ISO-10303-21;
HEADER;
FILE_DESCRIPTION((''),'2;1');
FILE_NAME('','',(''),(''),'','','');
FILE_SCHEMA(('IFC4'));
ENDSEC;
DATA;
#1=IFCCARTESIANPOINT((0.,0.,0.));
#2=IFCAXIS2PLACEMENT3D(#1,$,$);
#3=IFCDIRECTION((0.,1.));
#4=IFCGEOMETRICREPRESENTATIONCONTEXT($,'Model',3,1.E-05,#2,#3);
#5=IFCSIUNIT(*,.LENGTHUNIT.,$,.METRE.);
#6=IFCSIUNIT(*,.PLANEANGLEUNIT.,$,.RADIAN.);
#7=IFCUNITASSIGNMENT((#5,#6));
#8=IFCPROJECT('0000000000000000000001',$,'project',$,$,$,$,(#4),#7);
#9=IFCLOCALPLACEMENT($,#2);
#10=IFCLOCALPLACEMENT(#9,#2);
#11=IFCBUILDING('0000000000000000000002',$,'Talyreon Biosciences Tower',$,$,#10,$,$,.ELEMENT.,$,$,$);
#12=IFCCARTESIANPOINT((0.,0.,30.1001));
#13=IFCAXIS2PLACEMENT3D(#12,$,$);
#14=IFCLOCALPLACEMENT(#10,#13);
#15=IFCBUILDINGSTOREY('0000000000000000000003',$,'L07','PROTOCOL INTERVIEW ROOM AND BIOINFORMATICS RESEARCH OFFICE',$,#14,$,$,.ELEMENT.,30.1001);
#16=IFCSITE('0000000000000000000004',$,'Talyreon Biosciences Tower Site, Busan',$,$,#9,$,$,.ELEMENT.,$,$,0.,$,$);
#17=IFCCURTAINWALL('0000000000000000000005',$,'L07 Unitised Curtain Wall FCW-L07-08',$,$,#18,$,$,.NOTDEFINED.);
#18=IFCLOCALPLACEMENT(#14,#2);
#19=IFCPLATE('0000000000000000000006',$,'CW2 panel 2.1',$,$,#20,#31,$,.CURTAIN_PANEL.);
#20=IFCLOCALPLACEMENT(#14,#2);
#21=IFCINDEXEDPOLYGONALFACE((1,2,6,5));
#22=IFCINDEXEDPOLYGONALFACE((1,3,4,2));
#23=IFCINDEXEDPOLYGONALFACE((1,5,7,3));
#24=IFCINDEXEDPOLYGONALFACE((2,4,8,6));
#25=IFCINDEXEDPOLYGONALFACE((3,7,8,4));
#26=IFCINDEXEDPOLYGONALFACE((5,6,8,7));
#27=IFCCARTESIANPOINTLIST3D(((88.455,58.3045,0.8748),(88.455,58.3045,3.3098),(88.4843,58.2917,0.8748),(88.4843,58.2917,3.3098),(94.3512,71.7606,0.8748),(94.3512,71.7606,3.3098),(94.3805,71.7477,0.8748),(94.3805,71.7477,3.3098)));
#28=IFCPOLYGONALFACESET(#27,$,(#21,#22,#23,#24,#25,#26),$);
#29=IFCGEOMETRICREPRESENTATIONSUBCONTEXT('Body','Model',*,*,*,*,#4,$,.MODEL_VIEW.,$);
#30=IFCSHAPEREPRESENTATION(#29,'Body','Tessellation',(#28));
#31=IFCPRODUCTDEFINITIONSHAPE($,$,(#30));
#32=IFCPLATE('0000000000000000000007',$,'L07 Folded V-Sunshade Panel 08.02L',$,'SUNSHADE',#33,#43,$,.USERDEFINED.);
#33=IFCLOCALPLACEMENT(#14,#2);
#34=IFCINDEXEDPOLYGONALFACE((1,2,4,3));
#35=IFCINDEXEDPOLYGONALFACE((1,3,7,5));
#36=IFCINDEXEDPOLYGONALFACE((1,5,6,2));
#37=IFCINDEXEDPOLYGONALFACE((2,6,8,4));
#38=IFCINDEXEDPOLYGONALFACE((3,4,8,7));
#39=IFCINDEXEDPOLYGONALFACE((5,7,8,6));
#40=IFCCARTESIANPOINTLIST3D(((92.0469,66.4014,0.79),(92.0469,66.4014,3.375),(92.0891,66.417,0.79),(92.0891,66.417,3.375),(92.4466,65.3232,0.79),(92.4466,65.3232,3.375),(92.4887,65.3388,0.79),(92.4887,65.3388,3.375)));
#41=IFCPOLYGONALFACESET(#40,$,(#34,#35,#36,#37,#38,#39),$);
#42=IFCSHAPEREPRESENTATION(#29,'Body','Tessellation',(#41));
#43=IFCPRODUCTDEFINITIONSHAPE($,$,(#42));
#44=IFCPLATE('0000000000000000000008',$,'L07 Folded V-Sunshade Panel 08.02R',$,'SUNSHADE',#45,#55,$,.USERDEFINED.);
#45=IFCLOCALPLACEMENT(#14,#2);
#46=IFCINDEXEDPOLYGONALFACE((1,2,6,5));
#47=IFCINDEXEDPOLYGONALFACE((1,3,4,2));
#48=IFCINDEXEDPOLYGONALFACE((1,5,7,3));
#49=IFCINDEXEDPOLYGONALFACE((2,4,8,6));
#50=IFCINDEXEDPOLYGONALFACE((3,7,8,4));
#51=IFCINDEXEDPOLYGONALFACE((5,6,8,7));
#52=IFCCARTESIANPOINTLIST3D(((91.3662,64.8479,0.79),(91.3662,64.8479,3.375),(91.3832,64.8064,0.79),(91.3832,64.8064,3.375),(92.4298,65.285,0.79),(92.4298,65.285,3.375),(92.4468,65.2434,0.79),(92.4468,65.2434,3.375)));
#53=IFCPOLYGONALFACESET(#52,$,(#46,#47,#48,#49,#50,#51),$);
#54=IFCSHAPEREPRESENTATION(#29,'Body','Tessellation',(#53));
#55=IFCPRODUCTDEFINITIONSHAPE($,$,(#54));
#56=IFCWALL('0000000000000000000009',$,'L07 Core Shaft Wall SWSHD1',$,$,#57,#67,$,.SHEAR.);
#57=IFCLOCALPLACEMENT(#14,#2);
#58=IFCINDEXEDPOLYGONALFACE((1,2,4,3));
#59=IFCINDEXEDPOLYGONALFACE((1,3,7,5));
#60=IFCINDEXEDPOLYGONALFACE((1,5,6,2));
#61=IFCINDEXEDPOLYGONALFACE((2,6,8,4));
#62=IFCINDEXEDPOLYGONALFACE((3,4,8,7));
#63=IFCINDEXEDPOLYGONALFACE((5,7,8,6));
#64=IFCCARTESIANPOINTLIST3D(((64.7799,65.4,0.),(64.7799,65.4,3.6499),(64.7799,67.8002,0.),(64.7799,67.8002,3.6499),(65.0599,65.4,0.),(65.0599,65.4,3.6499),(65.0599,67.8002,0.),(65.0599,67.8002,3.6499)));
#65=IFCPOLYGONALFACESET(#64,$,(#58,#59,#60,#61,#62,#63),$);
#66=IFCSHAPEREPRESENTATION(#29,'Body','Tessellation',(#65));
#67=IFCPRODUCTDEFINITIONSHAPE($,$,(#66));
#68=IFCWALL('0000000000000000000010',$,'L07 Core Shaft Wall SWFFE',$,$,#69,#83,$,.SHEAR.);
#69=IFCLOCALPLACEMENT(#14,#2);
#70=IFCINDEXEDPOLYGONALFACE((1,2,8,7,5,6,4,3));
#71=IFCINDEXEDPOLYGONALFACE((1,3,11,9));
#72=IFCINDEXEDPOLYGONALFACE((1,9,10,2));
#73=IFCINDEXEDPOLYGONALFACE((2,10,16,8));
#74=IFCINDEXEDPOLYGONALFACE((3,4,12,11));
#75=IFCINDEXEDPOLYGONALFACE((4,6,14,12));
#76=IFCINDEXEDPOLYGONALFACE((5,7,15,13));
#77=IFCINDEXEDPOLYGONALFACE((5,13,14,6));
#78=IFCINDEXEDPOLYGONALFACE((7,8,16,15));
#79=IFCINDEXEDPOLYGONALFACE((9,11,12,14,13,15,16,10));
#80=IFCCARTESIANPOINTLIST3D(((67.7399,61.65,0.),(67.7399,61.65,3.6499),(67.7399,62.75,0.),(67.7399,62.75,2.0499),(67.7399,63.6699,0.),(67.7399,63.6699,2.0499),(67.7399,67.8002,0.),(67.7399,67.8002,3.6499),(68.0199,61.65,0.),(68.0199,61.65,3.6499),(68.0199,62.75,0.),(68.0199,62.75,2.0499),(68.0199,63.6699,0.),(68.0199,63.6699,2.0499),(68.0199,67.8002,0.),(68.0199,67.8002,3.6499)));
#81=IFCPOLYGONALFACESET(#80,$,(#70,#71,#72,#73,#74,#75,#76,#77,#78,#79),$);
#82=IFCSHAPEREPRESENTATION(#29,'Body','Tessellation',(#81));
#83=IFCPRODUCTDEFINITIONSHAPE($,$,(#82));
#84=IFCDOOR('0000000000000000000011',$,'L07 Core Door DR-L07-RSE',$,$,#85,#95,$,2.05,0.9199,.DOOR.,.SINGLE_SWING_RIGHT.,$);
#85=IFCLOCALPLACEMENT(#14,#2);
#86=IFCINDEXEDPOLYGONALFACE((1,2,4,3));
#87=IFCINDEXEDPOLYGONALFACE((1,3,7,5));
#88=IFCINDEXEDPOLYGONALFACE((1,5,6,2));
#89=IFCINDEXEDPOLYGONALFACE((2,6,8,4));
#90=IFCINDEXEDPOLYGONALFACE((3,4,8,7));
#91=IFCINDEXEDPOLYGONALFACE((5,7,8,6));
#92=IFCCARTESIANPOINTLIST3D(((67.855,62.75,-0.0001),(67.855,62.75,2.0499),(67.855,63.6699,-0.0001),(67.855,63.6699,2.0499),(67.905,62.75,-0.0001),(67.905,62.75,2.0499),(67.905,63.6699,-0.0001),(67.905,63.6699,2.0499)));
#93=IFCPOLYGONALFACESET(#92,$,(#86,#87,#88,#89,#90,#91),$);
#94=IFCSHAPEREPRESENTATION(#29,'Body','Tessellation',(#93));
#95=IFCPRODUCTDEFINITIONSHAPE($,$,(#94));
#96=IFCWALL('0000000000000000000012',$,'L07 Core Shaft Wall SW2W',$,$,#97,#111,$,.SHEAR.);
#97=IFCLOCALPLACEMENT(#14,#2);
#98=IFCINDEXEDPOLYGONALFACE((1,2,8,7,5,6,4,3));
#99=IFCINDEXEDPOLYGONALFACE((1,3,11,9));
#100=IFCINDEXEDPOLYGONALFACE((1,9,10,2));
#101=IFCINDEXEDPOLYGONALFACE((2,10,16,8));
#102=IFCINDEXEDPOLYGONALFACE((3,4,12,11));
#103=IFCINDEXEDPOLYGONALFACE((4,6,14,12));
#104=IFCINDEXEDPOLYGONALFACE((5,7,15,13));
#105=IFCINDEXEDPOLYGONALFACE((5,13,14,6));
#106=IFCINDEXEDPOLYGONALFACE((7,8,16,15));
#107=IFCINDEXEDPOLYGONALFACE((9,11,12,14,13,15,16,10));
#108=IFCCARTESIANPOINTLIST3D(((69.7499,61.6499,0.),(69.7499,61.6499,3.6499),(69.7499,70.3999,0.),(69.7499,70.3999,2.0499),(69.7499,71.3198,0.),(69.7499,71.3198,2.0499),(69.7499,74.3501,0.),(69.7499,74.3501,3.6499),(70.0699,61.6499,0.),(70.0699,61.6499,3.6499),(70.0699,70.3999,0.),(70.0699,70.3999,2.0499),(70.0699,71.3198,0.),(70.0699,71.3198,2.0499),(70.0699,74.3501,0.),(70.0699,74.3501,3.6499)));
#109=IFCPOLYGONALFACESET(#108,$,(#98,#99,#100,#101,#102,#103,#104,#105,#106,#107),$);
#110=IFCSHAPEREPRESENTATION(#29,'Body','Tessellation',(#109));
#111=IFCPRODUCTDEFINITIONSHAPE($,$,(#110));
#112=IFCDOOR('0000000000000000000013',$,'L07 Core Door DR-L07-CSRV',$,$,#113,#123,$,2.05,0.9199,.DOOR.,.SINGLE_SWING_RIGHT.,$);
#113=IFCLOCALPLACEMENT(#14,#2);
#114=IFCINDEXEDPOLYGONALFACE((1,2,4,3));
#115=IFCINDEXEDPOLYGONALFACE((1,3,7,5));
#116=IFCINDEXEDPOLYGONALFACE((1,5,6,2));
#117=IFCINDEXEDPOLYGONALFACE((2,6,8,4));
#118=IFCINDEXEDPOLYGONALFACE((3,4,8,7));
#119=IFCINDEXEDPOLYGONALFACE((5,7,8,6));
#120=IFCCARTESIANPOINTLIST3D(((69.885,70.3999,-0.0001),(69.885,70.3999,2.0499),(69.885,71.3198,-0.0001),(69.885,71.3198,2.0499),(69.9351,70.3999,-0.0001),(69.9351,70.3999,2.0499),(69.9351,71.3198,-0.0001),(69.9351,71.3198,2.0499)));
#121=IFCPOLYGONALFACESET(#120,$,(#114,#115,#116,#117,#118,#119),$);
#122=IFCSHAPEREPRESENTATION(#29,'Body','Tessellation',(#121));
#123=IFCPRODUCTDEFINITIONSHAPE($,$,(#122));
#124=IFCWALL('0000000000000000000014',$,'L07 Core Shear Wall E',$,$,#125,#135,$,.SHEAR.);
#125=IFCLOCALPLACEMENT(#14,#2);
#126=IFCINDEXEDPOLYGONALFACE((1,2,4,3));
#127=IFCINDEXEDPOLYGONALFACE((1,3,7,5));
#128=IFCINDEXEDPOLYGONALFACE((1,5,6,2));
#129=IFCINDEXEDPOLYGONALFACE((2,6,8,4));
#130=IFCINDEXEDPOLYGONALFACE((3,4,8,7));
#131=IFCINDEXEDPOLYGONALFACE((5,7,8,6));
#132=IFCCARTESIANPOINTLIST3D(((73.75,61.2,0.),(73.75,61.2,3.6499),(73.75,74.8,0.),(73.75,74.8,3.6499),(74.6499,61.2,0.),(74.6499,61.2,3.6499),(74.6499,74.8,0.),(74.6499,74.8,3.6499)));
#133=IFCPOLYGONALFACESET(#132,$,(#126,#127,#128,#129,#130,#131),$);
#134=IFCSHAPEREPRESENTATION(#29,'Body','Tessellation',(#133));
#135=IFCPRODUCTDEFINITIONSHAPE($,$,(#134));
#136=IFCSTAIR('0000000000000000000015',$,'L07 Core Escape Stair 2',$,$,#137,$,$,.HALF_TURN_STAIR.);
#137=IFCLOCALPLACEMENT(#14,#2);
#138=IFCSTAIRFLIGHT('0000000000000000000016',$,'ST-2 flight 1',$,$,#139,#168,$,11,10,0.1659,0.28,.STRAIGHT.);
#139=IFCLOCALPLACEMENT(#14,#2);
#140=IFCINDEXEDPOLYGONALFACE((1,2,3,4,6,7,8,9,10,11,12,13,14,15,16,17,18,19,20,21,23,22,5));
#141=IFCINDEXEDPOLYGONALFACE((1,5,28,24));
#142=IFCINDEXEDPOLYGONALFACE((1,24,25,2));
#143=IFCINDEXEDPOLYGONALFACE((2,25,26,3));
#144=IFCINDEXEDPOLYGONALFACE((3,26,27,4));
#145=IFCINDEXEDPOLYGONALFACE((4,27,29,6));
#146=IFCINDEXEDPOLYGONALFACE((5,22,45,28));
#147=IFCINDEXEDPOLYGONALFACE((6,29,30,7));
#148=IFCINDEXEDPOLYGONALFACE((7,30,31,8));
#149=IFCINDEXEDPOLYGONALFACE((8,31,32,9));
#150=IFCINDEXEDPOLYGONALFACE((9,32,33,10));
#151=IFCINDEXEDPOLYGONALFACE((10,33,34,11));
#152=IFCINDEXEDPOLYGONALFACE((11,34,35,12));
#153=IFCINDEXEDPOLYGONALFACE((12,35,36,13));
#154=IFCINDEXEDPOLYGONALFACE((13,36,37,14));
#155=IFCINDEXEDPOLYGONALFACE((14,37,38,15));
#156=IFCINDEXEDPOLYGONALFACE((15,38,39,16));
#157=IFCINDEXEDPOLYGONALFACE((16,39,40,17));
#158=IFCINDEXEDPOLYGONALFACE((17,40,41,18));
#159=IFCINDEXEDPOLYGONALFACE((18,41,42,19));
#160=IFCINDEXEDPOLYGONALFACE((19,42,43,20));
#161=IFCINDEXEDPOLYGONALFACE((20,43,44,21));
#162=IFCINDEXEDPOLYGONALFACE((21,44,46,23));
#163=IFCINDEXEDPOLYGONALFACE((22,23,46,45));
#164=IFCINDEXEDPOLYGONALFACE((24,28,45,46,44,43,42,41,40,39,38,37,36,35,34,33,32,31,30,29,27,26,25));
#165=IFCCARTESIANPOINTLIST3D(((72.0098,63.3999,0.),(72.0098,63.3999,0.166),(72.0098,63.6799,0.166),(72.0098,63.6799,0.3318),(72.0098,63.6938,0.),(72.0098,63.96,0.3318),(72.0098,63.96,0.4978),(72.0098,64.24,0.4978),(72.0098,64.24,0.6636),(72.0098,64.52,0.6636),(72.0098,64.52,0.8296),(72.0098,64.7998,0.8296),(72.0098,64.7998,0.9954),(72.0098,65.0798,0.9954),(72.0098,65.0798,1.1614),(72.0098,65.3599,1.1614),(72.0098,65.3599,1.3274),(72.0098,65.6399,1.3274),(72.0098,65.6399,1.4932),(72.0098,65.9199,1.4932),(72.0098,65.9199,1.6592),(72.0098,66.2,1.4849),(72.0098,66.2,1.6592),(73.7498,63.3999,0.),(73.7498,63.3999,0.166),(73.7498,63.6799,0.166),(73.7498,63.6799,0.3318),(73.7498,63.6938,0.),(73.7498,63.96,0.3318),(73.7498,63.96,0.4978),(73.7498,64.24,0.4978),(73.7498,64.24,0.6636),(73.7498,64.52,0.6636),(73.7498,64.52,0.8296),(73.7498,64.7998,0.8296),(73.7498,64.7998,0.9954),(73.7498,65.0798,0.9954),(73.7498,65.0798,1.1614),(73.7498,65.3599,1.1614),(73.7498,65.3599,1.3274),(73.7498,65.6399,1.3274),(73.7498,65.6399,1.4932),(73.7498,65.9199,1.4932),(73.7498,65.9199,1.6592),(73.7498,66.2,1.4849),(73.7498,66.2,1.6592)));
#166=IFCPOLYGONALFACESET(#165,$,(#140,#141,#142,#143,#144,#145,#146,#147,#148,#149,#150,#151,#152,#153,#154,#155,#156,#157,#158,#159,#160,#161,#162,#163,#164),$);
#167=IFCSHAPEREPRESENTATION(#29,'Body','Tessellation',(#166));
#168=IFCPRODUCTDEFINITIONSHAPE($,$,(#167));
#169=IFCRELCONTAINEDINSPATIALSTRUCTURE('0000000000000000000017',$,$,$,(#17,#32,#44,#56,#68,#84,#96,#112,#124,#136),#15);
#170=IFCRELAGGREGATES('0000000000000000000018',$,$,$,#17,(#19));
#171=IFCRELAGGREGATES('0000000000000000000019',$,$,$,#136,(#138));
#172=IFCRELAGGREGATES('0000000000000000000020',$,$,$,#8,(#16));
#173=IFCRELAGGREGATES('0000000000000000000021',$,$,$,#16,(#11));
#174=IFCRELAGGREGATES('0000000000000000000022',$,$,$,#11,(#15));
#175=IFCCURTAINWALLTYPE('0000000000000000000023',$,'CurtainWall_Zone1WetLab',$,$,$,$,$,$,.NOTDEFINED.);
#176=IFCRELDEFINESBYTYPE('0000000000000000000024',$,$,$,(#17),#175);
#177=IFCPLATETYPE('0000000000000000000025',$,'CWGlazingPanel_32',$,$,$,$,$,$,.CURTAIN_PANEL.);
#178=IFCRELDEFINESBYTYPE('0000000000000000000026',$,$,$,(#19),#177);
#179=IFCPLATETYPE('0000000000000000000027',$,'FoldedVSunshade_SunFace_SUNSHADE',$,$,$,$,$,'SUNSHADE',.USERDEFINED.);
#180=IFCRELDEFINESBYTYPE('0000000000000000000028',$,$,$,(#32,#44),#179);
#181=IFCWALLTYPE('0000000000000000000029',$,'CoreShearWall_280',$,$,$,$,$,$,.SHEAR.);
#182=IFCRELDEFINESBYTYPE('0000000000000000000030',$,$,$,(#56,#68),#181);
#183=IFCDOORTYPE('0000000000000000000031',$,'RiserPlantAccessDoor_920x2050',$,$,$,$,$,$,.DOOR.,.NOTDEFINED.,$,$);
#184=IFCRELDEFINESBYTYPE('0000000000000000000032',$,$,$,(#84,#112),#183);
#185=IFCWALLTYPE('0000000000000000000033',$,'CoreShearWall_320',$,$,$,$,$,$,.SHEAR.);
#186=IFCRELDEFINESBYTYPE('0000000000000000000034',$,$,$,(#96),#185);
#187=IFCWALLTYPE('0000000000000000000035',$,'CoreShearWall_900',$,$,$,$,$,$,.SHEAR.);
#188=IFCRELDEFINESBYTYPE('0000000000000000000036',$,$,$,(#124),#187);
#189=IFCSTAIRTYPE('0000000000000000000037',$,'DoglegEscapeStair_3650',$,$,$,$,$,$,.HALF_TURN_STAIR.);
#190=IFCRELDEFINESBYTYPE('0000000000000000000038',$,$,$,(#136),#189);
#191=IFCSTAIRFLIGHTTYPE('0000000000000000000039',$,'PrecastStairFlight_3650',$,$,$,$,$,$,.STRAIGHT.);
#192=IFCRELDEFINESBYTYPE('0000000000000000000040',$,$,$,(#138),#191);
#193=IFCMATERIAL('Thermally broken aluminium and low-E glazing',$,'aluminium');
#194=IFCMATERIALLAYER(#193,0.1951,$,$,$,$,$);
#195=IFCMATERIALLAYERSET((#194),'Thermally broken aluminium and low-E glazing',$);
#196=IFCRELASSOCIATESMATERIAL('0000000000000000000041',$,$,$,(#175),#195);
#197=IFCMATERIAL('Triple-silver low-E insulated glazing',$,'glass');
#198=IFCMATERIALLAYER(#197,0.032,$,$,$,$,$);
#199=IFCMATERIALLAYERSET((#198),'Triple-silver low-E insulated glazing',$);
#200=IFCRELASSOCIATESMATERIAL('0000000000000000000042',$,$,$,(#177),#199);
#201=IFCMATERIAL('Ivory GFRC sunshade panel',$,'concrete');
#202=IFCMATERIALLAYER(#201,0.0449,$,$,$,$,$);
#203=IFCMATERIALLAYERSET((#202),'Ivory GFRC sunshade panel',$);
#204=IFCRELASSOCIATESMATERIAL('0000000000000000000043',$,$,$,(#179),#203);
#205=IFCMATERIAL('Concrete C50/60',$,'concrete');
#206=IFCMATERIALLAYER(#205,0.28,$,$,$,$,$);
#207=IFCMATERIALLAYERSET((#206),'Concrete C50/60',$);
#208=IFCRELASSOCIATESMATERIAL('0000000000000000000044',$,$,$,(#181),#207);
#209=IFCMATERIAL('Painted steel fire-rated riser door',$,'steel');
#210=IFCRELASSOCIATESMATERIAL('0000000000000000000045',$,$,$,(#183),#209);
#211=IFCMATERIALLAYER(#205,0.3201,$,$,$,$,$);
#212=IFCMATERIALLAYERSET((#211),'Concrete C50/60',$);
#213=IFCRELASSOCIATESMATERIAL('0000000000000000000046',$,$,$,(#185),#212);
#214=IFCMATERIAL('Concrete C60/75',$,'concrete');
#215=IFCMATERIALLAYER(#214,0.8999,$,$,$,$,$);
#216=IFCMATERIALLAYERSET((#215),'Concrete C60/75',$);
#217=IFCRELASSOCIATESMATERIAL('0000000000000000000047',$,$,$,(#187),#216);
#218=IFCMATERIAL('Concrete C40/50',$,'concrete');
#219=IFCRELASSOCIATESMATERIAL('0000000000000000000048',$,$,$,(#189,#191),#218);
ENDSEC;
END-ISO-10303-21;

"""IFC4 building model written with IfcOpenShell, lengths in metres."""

from ifc_helpers import new_model, si_unit, direction, frame, frame_2d, origin, origin_2d, place, context, subcontext, project, spatial, polyline, rectangle, outline, extrude, material, layer, layer_set, type_object, element, fill, aggregate, save


model = new_model("IFC4")

# Units and contexts
model_context = context("Model", 3, precision=1e-05, world=origin(), true_north=direction((0.0, 1.0)))
body_context = subcontext(model_context, "Body", "Model", "MODEL_VIEW")
ifc_project = project(units=[si_unit("LENGTHUNIT", "METRE"), si_unit("PLANEANGLEUNIT", "RADIAN")], contexts=[model_context])

# Site, building, storey
site_placement = place(None, origin())
site = spatial("IfcSite", under=ifc_project, at=site_placement, Name="Talyreon Biosciences Tower Site, Busan", CompositionType="ELEMENT", RefElevation=0.0)
building_placement = place(site_placement, origin())
building = spatial("IfcBuilding", under=site, at=building_placement, Name="Talyreon Biosciences Tower", CompositionType="ELEMENT")
storey_placement = place(building_placement, frame((0.0, 0.0, 30.1001)))
storey = spatial("IfcBuildingStorey", under=building, at=storey_placement, Name="L07", Description="PROTOCOL INTERVIEW ROOM AND BIOINFORMATICS RESEARCH OFFICE", CompositionType="ELEMENT", Elevation=30.1001)

# Shared definitions
ifc_material_1 = material(Name="Concrete C60/75", Category="concrete")

# Curtain wall
ifc_material_2 = material(Name="Thermally broken aluminium and low-E glazing", Category="aluminium")
ifc_layer_1 = layer(ifc_material_2, 0.1951)
ifc_layer_set_1 = layer_set([ifc_layer_1], Name="Thermally broken aluminium and low-E glazing")
curtain_wall_type = type_object("IfcCurtainWallType", Name="CurtainWall_Zone1WetLab", PredefinedType="NOTDEFINED", material=ifc_layer_set_1)
curtain_wall_placement = place(storey_placement, origin())
curtain_wall = element("IfcCurtainWall", 1, at=curtain_wall_placement, inside=storey, type_object=curtain_wall_type, Name="L07 Unitised Curtain Wall FCW-L07-08", PredefinedType="NOTDEFINED")

# Plate
ifc_material_3 = material(Name="Triple-silver low-E insulated glazing", Category="glass")
ifc_layer_2 = layer(ifc_material_3, 0.032)
ifc_layer_set_2 = layer_set([ifc_layer_2], Name="Triple-silver low-E insulated glazing")
plate_type_1 = type_object("IfcPlateType", Name="CWGlazingPanel_32", PredefinedType="CURTAIN_PANEL", material=ifc_layer_set_2)
plate_placement = place(storey_placement, frame((91.4177, 65.0261, 0.8748), z_axis=(0.0, 0.0, 1.0), x_axis=(-0.401345, -0.915927, 0.0)))
plate = element("IfcPlate", 2, at=plate_placement, type_object=plate_type_1, Name="CW2 panel 2.1", PredefinedType="CURTAIN_PANEL", context=body_context, shape_type="SweptSolid", body=[
    extrude(rectangle(XDim=14.6912, YDim=0.032, at=origin_2d()), origin(), (0.0, 0.0, 1.0), 2.4351),
])
aggregate(curtain_wall, [plate])

# Plates
ifc_material_4 = material(Name="Ivory GFRC sunshade panel", Category="concrete")
ifc_layer_3 = layer(ifc_material_4, 0.0449)
ifc_layer_set_3 = layer_set([ifc_layer_3], Name="Ivory GFRC sunshade panel")
plate_type_2 = type_object("IfcPlateType", Name="FoldedVSunshade_SunFace_SUNSHADE", ElementType="SUNSHADE", PredefinedType="USERDEFINED", material=ifc_layer_set_3)
for number, where, z_axis, x_axis, name in (
    (3, (92.2678, 65.8701, 0.79), (0.0, 0.0, 1.0), (0.347558, -0.937659, 0.0), "L07 Folded V-Sunshade Panel 08.02L"),
    (4, (91.9065, 65.0457, 0.79), (0.0, 0.0, 1.0), (-0.924958, -0.38007, 0.0), "L07 Folded V-Sunshade Panel 08.02R"),
):
    element("IfcPlate", number, at=place(storey_placement, frame(where, z_axis=z_axis, x_axis=x_axis)), inside=storey, type_object=plate_type_2, Name=name, ObjectType="SUNSHADE", PredefinedType="USERDEFINED", context=body_context, shape_type="SweptSolid", body=[
        extrude(rectangle(XDim=1.1499, YDim=0.0449, at=origin_2d()), origin(), (0.0, 0.0, 1.0), 2.585),
    ])

# Wall
ifc_material_5 = material(Name="Concrete C50/60", Category="concrete")
ifc_layer_4 = layer(ifc_material_5, 0.28)
ifc_layer_set_4 = layer_set([ifc_layer_4], Name="Concrete C50/60")
wall_type_1 = type_object("IfcWallType", Name="CoreShearWall_280", PredefinedType="SHEAR", material=ifc_layer_set_4)
wall_1_placement = place(storey_placement, frame((64.9199, 65.3999, 0.0), z_axis=(0.0, 0.0, 1.0), x_axis=(0.0, 1.0, 0.0)))
element("IfcWall", 5, at=wall_1_placement, inside=storey, type_object=wall_type_1, Name="L07 Core Shaft Wall SWSHD1", PredefinedType="SHEAR", context=body_context, shape_type="SweptSolid", body=[
    extrude(rectangle(XDim=2.4001, YDim=0.28, at=frame_2d((1.2002, 0.0))), origin(), (0.0, 0.0, 1.0), 3.6499),
])

# Walls, openings, doors
wall_2_placement = place(storey_placement, frame((67.8799, 61.6499, 0.0), z_axis=(0.0, 0.0, 1.0), x_axis=(0.0, 1.0, 0.0)))
wall_2 = element("IfcWall", 6, at=wall_2_placement, inside=storey, type_object=wall_type_1, Name="L07 Core Shaft Wall SWFFE", PredefinedType="SHEAR", context=body_context, shape_type="SweptSolid", body=[
    extrude(rectangle(XDim=6.1501, YDim=0.28, at=frame_2d((3.0752, 0.0))), origin(), (0.0, 0.0, 1.0), 3.6499),
])
opening_1_placement = place(wall_2_placement, frame((1.1001, 0.0, 0.0)))
opening_1 = element("IfcOpeningElement", 7, at=opening_1_placement, cuts=wall_2, PredefinedType="OPENING", context=body_context, shape_type="SweptSolid", body=[
    extrude(rectangle(XDim=0.9199, YDim=2.05, at=frame_2d((0.46, 1.0249))), frame((0.0, 0.1499, 0.0), z_axis=(0.0, -1.0, 0.0), x_axis=(1.0, 0.0, 0.0)), (0.0, 0.0, 1.0), 0.3),
])
ifc_material_6 = material(Name="Painted steel fire-rated riser door", Category="steel")
door_type_1 = type_object("IfcDoorType", Name="RiserPlantAccessDoor_920x2050", OperationType="NOTDEFINED", PredefinedType="DOOR", material=ifc_material_6)
door_1_placement = place(opening_1_placement, origin())
door_1 = element("IfcDoor", 8, at=door_1_placement, inside=storey, type_object=door_type_1, Name="L07 Core Door DR-L07-RSE", OperationType="SINGLE_SWING_RIGHT", OverallHeight=2.05, OverallWidth=0.9199, PredefinedType="DOOR", context=body_context, shape_type="SweptSolid", body=[
    extrude(rectangle(XDim=0.9199, YDim=2.05, at=frame_2d((0.46, 1.0249))), frame((0.0, 0.0249, 0.0), z_axis=(0.0, -1.0, 0.0), x_axis=(1.0, 0.0, 0.0)), (0.0, 0.0, 1.0), 0.05),
])
fill(opening_1, door_1)
ifc_layer_5 = layer(ifc_material_5, 0.3201)
ifc_layer_set_5 = layer_set([ifc_layer_5], Name="Concrete C50/60")
wall_type_2 = type_object("IfcWallType", Name="CoreShearWall_320", PredefinedType="SHEAR", material=ifc_layer_set_5)
wall_3_placement = place(storey_placement, frame((69.9099, 61.6499, 0.0), z_axis=(0.0, 0.0, 1.0), x_axis=(0.0, 1.0, 0.0)))
wall_3 = element("IfcWall", 9, at=wall_3_placement, inside=storey, type_object=wall_type_2, Name="L07 Core Shaft Wall SW2W", PredefinedType="SHEAR", context=body_context, shape_type="SweptSolid", body=[
    extrude(rectangle(XDim=12.7002, YDim=0.3201, at=frame_2d((6.3501, 0.0))), origin(), (0.0, 0.0, 1.0), 3.6499),
])
opening_2_placement = place(wall_3_placement, frame((8.75, 0.0, 0.0)))
opening_2 = element("IfcOpeningElement", 10, at=opening_2_placement, cuts=wall_3, PredefinedType="OPENING", context=body_context, shape_type="SweptSolid", body=[
    extrude(rectangle(XDim=0.9199, YDim=2.05, at=frame_2d((0.46, 1.0249))), frame((0.0, 0.1699, 0.0), z_axis=(0.0, -1.0, 0.0), x_axis=(1.0, 0.0, 0.0)), (0.0, 0.0, 1.0), 0.3401),
])
door_2_placement = place(opening_2_placement, origin())
door_2 = element("IfcDoor", 11, at=door_2_placement, inside=storey, type_object=door_type_1, Name="L07 Core Door DR-L07-CSRV", OperationType="SINGLE_SWING_RIGHT", OverallHeight=2.05, OverallWidth=0.9199, PredefinedType="DOOR", context=body_context, shape_type="SweptSolid", body=[
    extrude(rectangle(XDim=0.9199, YDim=2.05, at=frame_2d((0.46, 1.0249))), frame((0.0, 0.0249, 0.0), z_axis=(0.0, -1.0, 0.0), x_axis=(1.0, 0.0, 0.0)), (0.0, 0.0, 1.0), 0.05),
])
fill(opening_2, door_2)

# Wall
ifc_layer_6 = layer(ifc_material_1, 0.8999)
ifc_layer_set_6 = layer_set([ifc_layer_6], Name="Concrete C60/75")
wall_type_3 = type_object("IfcWallType", Name="CoreShearWall_900", PredefinedType="SHEAR", material=ifc_layer_set_6)
wall_4_placement = place(storey_placement, frame((74.2, 61.2, 0.0), z_axis=(0.0, 0.0, 1.0), x_axis=(0.0, 1.0, 0.0)))
element("IfcWall", 12, at=wall_4_placement, inside=storey, type_object=wall_type_3, Name="L07 Core Shear Wall E", PredefinedType="SHEAR", context=body_context, shape_type="SweptSolid", body=[
    extrude(rectangle(XDim=13.6001, YDim=0.8999, at=frame_2d((6.8, 0.0))), origin(), (0.0, 0.0, 1.0), 3.6499),
])

# Stair, stair flight
ifc_material_7 = material(Name="Concrete C40/50", Category="concrete")
stair_type = type_object("IfcStairType", Name="DoglegEscapeStair_3650", PredefinedType="HALF_TURN_STAIR", material=ifc_material_7)
stair_placement = place(storey_placement, origin())
stair = element("IfcStair", 13, at=stair_placement, inside=storey, type_object=stair_type, Name="L07 Core Escape Stair 2", PredefinedType="HALF_TURN_STAIR")
stair_flight_type = type_object("IfcStairFlightType", Name="PrecastStairFlight_3650", PredefinedType="STRAIGHT", material=ifc_material_7)
stair_flight_1_placement = place(storey_placement, frame((72.8799, 63.3999, 0.0), z_axis=(0.0, 0.0, 1.0), x_axis=(0.0, 1.0, 0.0)))
stair_flight_1 = element("IfcStairFlight", 14, at=stair_flight_1_placement, type_object=stair_flight_type, Name="ST-2 flight 1", NumberOfRisers=11, NumberOfTreads=10, PredefinedType="STRAIGHT", RiserHeight=0.1659, TreadLength=0.28, context=body_context, shape_type="SweptSolid", body=[
    extrude(outline(polyline([(0.0, 0.0), (0.0, 0.166), (0.28, 0.166), (0.28, 0.3318), (0.5601, 0.3318), (0.5601, 0.4978), (0.8401, 0.4978), (0.8401, 0.6636), (1.1201, 0.6636), (1.1201, 0.8296), (1.3999, 0.8296), (1.3999, 0.9954), (1.6799, 0.9954), (1.6799, 1.1614), (1.96, 1.1614), (1.96, 1.3274), (2.24, 1.3274), (2.24, 1.4932), (2.52, 1.4932), (2.52, 1.6592), (2.8, 1.6592), (2.8, 1.825), (2.8, 1.4849), (0.2939, 0.0), (0.0, 0.0)])), frame((0.0, 0.8701, 0.0), z_axis=(0.0, -1.0, 0.0), x_axis=(1.0, 0.0, 0.0)), (0.0, 0.0, 1.0), 1.74),
])
aggregate(stair, [stair_flight_1])

save(model, "model.ifc")
